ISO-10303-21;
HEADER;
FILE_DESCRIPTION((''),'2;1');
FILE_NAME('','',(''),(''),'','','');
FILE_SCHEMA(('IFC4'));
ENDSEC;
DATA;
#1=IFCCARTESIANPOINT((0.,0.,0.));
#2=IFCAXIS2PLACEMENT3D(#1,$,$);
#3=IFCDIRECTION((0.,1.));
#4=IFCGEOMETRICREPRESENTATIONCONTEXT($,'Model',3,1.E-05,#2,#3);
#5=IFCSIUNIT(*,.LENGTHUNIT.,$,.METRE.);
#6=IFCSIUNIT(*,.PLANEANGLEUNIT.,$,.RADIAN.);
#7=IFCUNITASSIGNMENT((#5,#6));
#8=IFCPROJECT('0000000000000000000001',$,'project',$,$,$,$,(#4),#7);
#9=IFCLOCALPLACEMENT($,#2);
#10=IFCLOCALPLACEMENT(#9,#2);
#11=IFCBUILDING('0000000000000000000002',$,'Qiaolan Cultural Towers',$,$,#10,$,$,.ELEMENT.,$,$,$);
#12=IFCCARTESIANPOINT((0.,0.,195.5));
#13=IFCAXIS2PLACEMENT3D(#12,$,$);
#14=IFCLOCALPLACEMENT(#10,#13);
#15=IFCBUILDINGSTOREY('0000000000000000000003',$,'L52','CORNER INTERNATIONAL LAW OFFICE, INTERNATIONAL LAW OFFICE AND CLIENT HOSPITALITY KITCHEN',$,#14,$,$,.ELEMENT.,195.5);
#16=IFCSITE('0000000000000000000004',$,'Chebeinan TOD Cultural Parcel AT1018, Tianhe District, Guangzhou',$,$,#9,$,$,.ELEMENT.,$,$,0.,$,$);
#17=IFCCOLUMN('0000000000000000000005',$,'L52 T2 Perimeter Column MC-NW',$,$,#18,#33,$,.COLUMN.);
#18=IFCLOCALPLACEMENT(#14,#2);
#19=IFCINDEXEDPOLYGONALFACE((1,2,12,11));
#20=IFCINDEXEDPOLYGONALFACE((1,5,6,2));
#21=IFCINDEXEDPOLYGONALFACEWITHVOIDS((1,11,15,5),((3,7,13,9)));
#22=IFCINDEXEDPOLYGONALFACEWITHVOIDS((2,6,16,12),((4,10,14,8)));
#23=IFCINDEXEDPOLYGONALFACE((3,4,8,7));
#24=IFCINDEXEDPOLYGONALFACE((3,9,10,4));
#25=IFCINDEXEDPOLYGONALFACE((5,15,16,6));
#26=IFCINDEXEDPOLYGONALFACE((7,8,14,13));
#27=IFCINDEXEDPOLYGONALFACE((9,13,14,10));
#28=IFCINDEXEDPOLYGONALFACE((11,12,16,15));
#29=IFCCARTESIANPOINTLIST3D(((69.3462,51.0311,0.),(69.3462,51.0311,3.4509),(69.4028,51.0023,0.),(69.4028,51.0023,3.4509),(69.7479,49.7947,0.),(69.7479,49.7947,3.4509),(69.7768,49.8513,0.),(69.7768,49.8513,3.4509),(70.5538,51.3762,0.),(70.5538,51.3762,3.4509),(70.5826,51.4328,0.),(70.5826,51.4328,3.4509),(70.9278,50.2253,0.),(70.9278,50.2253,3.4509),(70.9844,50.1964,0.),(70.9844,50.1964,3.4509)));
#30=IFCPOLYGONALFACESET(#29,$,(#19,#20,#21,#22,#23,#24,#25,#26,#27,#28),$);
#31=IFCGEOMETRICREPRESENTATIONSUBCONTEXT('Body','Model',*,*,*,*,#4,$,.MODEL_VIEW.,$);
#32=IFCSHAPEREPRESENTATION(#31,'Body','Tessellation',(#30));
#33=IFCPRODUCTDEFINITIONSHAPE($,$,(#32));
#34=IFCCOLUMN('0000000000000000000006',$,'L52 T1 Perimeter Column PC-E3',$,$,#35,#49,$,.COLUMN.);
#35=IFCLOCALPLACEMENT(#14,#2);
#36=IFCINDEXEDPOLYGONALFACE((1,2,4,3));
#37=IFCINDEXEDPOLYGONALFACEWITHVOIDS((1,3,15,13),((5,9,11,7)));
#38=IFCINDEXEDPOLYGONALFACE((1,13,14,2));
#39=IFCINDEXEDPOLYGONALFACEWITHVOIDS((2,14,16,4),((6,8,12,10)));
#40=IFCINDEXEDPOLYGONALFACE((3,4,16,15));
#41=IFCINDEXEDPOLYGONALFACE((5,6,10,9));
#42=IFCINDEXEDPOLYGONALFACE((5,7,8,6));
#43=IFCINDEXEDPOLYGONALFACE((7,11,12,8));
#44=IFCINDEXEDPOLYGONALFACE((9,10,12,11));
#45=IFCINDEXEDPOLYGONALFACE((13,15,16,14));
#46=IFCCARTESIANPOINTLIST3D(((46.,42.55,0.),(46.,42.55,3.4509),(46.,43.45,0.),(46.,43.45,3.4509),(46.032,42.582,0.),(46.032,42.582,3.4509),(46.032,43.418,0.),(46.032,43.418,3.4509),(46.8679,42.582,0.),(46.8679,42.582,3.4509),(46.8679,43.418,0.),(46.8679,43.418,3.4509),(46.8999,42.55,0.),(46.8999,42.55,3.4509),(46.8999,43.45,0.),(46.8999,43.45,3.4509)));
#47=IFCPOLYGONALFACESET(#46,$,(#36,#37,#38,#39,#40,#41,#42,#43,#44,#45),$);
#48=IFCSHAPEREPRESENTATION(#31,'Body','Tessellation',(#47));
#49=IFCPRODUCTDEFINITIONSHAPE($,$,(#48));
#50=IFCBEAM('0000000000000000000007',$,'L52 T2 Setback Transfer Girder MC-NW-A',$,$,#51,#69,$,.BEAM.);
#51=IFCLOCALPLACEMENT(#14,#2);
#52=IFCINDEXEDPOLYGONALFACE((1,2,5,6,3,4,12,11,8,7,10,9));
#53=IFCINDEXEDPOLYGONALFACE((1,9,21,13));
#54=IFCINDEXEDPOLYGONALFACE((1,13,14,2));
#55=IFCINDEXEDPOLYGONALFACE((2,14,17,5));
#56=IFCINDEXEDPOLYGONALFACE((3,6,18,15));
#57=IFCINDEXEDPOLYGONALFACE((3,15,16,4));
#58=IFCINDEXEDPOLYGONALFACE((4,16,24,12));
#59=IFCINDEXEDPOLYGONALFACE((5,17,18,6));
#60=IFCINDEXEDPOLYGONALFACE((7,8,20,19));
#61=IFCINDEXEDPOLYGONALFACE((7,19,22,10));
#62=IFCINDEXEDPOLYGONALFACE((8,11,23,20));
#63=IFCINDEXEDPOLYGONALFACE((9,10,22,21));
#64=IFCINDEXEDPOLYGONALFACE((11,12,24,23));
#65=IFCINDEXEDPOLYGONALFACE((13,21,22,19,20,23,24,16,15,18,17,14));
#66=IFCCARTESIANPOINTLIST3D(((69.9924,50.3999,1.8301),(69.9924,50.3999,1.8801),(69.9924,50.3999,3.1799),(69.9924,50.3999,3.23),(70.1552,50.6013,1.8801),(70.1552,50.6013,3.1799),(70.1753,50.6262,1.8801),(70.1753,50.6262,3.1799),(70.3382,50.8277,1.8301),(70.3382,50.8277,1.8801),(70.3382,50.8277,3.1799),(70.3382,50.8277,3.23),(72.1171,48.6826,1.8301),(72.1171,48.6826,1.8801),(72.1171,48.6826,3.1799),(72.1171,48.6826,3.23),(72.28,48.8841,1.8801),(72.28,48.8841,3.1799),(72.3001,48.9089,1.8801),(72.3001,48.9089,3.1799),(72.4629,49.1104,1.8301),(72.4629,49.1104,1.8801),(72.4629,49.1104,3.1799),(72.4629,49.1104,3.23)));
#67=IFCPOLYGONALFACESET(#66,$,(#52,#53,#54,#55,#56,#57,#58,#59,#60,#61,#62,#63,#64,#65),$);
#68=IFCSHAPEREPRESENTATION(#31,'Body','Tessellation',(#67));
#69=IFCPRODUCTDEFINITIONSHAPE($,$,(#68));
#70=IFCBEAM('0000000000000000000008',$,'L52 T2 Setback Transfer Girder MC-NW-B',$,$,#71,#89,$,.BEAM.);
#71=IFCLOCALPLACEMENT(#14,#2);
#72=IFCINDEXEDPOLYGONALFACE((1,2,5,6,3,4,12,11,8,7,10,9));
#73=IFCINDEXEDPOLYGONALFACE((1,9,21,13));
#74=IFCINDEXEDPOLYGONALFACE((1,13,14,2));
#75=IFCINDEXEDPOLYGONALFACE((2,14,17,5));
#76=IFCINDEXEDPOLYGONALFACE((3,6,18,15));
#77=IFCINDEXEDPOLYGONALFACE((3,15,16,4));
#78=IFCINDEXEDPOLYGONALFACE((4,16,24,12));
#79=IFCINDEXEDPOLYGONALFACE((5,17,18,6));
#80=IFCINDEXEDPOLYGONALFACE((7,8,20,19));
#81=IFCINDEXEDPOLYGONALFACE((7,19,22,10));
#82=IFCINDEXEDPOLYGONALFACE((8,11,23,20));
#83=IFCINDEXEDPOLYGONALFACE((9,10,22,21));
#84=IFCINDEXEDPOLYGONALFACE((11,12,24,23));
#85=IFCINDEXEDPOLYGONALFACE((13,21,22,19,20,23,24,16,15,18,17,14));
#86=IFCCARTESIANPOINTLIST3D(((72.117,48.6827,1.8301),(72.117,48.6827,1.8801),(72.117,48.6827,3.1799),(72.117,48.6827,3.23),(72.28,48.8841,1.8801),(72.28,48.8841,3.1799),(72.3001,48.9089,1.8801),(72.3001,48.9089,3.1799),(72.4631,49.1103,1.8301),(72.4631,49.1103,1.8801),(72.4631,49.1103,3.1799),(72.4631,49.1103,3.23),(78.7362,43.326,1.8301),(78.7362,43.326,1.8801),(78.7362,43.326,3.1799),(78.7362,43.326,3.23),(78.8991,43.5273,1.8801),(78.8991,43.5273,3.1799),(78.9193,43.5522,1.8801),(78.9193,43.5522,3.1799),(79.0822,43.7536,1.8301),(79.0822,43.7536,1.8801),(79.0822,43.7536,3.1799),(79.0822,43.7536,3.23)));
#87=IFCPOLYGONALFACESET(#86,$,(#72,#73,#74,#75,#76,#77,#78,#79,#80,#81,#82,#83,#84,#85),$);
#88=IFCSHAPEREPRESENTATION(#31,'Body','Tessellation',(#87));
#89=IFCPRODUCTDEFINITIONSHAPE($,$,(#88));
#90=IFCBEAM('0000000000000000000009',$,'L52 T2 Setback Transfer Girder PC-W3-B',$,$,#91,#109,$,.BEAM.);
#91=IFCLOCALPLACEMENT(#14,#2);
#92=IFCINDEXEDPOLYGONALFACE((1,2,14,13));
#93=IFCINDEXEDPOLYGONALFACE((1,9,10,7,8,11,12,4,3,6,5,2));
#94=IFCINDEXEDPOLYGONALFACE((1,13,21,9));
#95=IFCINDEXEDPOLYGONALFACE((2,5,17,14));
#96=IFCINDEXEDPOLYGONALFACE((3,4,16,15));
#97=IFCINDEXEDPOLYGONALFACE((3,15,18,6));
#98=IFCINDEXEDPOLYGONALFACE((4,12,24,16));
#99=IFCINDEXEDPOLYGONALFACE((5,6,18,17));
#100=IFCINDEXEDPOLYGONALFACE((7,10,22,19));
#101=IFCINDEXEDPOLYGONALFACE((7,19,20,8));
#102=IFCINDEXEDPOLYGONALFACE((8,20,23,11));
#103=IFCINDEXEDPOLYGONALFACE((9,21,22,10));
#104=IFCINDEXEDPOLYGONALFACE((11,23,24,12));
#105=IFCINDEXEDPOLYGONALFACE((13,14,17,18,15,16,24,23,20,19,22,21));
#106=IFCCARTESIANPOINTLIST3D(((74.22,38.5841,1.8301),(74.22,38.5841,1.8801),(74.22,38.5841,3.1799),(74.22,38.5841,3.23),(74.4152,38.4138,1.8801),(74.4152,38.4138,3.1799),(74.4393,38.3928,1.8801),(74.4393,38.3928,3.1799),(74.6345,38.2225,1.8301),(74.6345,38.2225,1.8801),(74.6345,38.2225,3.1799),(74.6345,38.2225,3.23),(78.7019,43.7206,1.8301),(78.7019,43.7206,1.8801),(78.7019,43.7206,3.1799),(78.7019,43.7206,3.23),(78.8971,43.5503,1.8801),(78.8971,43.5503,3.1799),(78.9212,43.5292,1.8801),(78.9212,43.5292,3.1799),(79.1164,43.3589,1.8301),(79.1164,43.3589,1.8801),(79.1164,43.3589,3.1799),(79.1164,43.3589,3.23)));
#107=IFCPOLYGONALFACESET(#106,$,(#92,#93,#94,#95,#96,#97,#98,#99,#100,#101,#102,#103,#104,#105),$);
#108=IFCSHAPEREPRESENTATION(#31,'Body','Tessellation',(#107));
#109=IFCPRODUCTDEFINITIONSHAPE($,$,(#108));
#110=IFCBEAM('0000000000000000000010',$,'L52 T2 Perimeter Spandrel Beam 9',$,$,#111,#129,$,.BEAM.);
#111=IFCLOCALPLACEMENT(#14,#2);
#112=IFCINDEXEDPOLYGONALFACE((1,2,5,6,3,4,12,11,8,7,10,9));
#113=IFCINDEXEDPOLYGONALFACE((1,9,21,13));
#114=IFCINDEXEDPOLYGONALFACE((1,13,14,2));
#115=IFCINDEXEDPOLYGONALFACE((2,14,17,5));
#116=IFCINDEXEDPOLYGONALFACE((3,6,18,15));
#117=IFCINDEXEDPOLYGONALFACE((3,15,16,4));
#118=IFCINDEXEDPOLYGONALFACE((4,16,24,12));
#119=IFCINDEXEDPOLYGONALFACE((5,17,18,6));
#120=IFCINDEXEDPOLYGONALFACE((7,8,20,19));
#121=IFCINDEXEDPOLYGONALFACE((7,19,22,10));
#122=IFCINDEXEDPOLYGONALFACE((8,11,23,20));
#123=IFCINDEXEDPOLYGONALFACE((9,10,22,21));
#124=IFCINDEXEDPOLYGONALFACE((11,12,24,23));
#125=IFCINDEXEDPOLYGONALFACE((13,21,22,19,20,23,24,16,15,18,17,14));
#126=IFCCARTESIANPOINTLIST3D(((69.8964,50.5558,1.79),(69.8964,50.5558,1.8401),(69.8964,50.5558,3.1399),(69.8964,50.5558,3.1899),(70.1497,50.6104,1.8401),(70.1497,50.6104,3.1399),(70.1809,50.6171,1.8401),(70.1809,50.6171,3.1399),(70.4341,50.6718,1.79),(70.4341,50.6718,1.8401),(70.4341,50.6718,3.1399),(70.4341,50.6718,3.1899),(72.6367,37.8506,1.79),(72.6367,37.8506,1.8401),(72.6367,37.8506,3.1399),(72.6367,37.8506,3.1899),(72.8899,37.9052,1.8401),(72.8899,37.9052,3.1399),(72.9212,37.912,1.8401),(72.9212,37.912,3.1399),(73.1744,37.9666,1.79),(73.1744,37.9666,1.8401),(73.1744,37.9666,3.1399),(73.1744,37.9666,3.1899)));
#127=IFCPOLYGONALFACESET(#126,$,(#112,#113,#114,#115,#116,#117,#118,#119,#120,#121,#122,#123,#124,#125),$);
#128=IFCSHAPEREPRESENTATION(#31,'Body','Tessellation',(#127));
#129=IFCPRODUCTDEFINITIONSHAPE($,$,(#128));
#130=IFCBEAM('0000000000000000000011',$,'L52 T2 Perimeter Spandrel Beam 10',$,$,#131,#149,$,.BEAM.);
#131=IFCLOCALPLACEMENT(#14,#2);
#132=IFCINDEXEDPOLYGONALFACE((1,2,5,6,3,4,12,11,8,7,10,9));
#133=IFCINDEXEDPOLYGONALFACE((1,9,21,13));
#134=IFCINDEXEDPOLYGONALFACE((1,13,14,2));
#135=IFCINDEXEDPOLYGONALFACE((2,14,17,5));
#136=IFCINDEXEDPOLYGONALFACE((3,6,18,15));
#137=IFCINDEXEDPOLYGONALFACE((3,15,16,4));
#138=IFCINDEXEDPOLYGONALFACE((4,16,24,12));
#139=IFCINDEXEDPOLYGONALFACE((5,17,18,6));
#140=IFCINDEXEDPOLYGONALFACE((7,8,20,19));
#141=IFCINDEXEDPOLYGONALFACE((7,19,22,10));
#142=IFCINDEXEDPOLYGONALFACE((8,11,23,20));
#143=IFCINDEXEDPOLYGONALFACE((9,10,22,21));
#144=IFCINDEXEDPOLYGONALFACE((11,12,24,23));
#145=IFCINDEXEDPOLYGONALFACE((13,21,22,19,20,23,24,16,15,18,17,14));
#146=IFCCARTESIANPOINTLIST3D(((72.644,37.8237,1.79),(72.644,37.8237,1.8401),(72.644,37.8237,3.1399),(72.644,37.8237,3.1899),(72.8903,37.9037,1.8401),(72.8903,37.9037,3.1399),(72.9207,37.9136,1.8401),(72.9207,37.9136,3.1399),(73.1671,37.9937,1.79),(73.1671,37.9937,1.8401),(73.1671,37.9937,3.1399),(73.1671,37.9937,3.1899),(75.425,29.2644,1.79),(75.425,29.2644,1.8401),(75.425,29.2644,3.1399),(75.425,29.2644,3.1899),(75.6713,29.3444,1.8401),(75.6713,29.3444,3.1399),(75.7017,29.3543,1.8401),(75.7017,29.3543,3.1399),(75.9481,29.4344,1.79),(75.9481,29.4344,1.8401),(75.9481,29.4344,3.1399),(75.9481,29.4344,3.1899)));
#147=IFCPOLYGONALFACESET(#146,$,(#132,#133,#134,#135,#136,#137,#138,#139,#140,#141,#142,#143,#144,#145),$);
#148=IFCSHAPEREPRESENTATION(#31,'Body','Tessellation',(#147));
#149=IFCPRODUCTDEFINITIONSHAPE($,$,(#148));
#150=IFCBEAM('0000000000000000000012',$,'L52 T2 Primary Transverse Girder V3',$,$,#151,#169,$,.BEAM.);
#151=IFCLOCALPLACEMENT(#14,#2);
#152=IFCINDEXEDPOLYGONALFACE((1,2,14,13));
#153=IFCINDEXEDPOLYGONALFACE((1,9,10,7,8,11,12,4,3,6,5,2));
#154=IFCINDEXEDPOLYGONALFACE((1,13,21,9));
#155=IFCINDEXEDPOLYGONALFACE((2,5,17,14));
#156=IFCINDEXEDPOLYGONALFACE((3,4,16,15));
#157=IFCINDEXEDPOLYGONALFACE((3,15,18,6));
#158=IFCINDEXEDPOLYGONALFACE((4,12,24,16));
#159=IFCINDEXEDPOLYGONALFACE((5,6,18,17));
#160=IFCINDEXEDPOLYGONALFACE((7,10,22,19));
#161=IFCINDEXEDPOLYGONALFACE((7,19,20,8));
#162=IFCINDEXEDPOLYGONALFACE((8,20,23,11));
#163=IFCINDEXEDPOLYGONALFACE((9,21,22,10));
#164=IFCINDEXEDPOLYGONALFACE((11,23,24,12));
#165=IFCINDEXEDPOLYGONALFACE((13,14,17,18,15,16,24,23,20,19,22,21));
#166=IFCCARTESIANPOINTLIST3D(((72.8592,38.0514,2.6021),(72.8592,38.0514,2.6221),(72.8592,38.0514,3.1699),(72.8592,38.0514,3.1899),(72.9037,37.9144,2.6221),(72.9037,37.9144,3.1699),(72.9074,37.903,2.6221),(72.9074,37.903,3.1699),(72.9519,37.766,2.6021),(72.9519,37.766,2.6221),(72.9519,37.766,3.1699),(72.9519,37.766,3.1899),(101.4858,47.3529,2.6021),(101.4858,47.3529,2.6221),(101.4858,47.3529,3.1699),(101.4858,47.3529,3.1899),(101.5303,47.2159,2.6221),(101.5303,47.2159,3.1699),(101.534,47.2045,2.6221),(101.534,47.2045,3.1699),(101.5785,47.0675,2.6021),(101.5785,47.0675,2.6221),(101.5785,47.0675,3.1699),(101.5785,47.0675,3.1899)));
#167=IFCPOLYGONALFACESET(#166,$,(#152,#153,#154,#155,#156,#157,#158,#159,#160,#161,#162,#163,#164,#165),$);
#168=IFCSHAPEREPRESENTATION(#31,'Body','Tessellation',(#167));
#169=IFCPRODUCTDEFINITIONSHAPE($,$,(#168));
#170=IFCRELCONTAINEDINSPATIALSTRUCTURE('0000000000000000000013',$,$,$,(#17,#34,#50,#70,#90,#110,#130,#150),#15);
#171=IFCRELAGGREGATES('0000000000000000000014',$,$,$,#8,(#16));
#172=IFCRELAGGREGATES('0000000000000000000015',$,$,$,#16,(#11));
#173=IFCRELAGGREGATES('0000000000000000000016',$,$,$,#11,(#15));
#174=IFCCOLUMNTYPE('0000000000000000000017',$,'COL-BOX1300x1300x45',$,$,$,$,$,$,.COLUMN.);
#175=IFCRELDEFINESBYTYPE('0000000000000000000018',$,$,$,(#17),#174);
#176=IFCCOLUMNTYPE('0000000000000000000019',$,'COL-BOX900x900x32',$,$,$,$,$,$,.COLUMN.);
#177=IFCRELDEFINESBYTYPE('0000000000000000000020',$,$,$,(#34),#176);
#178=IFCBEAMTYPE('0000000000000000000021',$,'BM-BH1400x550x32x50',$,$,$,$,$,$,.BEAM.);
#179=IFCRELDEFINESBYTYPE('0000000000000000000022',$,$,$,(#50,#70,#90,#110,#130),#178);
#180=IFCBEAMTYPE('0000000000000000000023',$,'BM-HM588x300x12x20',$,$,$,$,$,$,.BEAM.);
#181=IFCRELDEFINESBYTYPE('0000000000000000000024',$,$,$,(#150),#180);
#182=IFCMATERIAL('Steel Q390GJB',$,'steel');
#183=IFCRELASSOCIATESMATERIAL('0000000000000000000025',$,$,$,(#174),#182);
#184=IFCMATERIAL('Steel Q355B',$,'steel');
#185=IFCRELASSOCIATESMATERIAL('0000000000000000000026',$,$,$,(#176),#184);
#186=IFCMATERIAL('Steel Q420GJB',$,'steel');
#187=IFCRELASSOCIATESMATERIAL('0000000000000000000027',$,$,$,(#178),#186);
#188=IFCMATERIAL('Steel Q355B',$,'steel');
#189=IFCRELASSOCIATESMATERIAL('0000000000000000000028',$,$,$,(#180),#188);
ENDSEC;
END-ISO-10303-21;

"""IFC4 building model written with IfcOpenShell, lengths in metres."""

from ifc_helpers import new_model, si_unit, direction, frame, origin, origin_2d, place, context, subcontext, project, spatial, hollow_rectangle, i_section, extrude, material, material_profile, profile_set, type_object, element, save


model = new_model("IFC4")

# Units and contexts
model_context = context("Model", 3, precision=1e-05, world=origin(), true_north=direction((0.0, 1.0)))
body_context = subcontext(model_context, "Body", "Model", "MODEL_VIEW")
ifc_project = project(units=[si_unit("LENGTHUNIT", "METRE"), si_unit("PLANEANGLEUNIT", "RADIAN")], contexts=[model_context])

# Site, building, storey
site_placement = place(None, origin())
site = spatial("IfcSite", under=ifc_project, at=site_placement, Name="Chebeinan TOD Cultural Parcel AT1018, Tianhe District, Guangzhou", CompositionType="ELEMENT", RefElevation=0.0)
building_placement = place(site_placement, origin())
building = spatial("IfcBuilding", under=site, at=building_placement, Name="Qiaolan Cultural Towers", CompositionType="ELEMENT")
storey_placement = place(building_placement, frame((0.0, 0.0, 195.5)))
storey = spatial("IfcBuildingStorey", under=building, at=storey_placement, Name="L52", Description="CORNER INTERNATIONAL LAW OFFICE, INTERNATIONAL LAW OFFICE AND CLIENT HOSPITALITY KITCHEN", CompositionType="ELEMENT", Elevation=195.5)

# Columns
ifc_material_1 = material(Name="Steel Q390GJB", Category="steel")
ifc_material_profile_1 = material_profile(ifc_material_1, hollow_rectangle(XDim=1.3, YDim=1.3, WallThickness=0.0449, at=origin_2d()), Name="BOX1300x1300x45")
ifc_profile_set_1 = profile_set([ifc_material_profile_1], Name="Steel Q390GJB")
column_type_1 = type_object("IfcColumnType", Name="COL-BOX1300x1300x45", PredefinedType="COLUMN", material=ifc_profile_set_1)
column_1_placement = place(storey_placement, frame((70.1653, 50.6138, 0.0), z_axis=(0.0, 0.0, 1.0), x_axis=(0.951057, 0.309017, 0.0)))
element("IfcColumn", 1, at=column_1_placement, inside=storey, type_object=column_type_1, Name="L52 T2 Perimeter Column MC-NW", PredefinedType="COLUMN", context=body_context, shape_type="SweptSolid", body=[
    extrude(hollow_rectangle(XDim=1.3, YDim=1.3, WallThickness=0.0449, at=origin_2d()), origin(), (0.0, 0.0, 1.0), 3.4509),
])
ifc_material_2 = material(Name="Steel Q355B", Category="steel")
ifc_material_profile_2 = material_profile(ifc_material_2, hollow_rectangle(XDim=0.8999, YDim=0.8999, WallThickness=0.032, at=origin_2d()), Name="BOX900x900x32")
ifc_profile_set_2 = profile_set([ifc_material_profile_2], Name="Steel Q355B")
column_type_2 = type_object("IfcColumnType", Name="COL-BOX900x900x32", PredefinedType="COLUMN", material=ifc_profile_set_2)
column_2_placement = place(storey_placement, frame((46.45, 43.0, 0.0), z_axis=(0.0, 0.0, 1.0), x_axis=(1.0, 0.0, 0.0)))
element("IfcColumn", 2, at=column_2_placement, inside=storey, type_object=column_type_2, Name="L52 T1 Perimeter Column PC-E3", PredefinedType="COLUMN", context=body_context, shape_type="SweptSolid", body=[
    extrude(hollow_rectangle(XDim=0.8999, YDim=0.8999, WallThickness=0.032, at=origin_2d()), origin(), (0.0, 0.0, 1.0), 3.4509),
])

# Beams
ifc_material_3 = material(Name="Steel Q420GJB", Category="steel")
ifc_material_profile_3 = material_profile(ifc_material_3, i_section(OverallWidth=0.55, OverallDepth=1.3999, WebThickness=0.032, FlangeThickness=0.05, at=origin_2d()), Name="BH1400x550x32x50")
ifc_profile_set_3 = profile_set([ifc_material_profile_3], Name="Steel Q420GJB")
beam_type_1 = type_object("IfcBeamType", Name="BM-BH1400x550x32x50", PredefinedType="BEAM", material=ifc_profile_set_3)
beam_1_placement = place(storey_placement, frame((70.1653, 50.6138, 2.53), z_axis=(0.777738, -0.628589, 0.0), x_axis=(0.628589, 0.777738, 0.0)))
element("IfcBeam", 3, at=beam_1_placement, inside=storey, type_object=beam_type_1, Name="L52 T2 Setback Transfer Girder MC-NW-A", PredefinedType="BEAM", context=body_context, shape_type="SweptSolid", body=[
    extrude(i_section(OverallWidth=0.55, OverallDepth=1.3999, WebThickness=0.032, FlangeThickness=0.05, at=origin_2d()), origin(), (0.0, 0.0, 1.0), 2.7319),
])
beam_2_placement = place(storey_placement, frame((72.29, 48.8965, 2.53), z_axis=(0.77734, -0.62908, 0.0), x_axis=(0.62908, 0.77734, 0.0)))
element("IfcBeam", 4, at=beam_2_placement, inside=storey, type_object=beam_type_1, Name="L52 T2 Setback Transfer Girder MC-NW-B", PredefinedType="BEAM", context=body_context, shape_type="SweptSolid", body=[
    extrude(i_section(OverallWidth=0.55, OverallDepth=1.3999, WebThickness=0.032, FlangeThickness=0.05, at=origin_2d()), origin(), (0.0, 0.0, 1.0), 8.5151),
])
beam_3_placement = place(storey_placement, frame((74.4272, 38.4033, 2.53), z_axis=(0.657467, 0.753483, 0.0), x_axis=(-0.753483, 0.657467, 0.0)))
element("IfcBeam", 5, at=beam_3_placement, inside=storey, type_object=beam_type_1, Name="L52 T2 Setback Transfer Girder PC-W3-B", PredefinedType="BEAM", context=body_context, shape_type="SweptSolid", body=[
    extrude(i_section(OverallWidth=0.55, OverallDepth=1.3999, WebThickness=0.032, FlangeThickness=0.05, at=origin_2d()), origin(), (0.0, 0.0, 1.0), 6.8169),
])
beam_4_placement = place(storey_placement, frame((70.1653, 50.6138, 2.49), z_axis=(0.210832, -0.977522, 0.0), x_axis=(0.977522, 0.210832, 0.0)))
element("IfcBeam", 6, at=beam_4_placement, inside=storey, type_object=beam_type_1, Name="L52 T2 Perimeter Spandrel Beam 9", PredefinedType="BEAM", context=body_context, shape_type="SweptSolid", body=[
    extrude(i_section(OverallWidth=0.55, OverallDepth=1.3999, WebThickness=0.032, FlangeThickness=0.05, at=origin_2d()), origin(), (0.0, 0.0, 1.0), 12.9973),
])
beam_5_placement = place(storey_placement, frame((72.9055, 37.9087, 2.49), z_axis=(0.309008, -0.951059, 0.0), x_axis=(0.951059, 0.309008, 0.0)))
element("IfcBeam", 7, at=beam_5_placement, inside=storey, type_object=beam_type_1, Name="L52 T2 Perimeter Spandrel Beam 10", PredefinedType="BEAM", context=body_context, shape_type="SweptSolid", body=[
    extrude(i_section(OverallWidth=0.55, OverallDepth=1.3999, WebThickness=0.032, FlangeThickness=0.05, at=origin_2d()), origin(), (0.0, 0.0, 1.0), 8.9998),
])
ifc_material_4 = material(Name="Steel Q355B", Category="steel")
ifc_material_profile_4 = material_profile(ifc_material_4, i_section(OverallWidth=0.3, OverallDepth=0.5879, WebThickness=0.012, FlangeThickness=0.02, at=origin_2d()), Name="HM588x300x12x20")
ifc_profile_set_4 = profile_set([ifc_material_profile_4], Name="Steel Q355B")
beam_type_2 = type_object("IfcBeamType", Name="BM-HM588x300x12x20", PredefinedType="BEAM", material=ifc_profile_set_4)
beam_6_placement = place(storey_placement, frame((72.9055, 37.9087, 2.896), z_axis=(0.951055, 0.309021, 0.0), x_axis=(-0.309021, 0.951055, 0.0)))
element("IfcBeam", 8, at=beam_6_placement, inside=storey, type_object=beam_type_2, Name="L52 T2 Primary Transverse Girder V3", PredefinedType="BEAM", context=body_context, shape_type="SweptSolid", body=[
    extrude(i_section(OverallWidth=0.3, OverallDepth=0.5879, WebThickness=0.012, FlangeThickness=0.02, at=origin_2d()), origin(), (0.0, 0.0, 1.0), 30.0999),
])

save(model, "model.ifc")
